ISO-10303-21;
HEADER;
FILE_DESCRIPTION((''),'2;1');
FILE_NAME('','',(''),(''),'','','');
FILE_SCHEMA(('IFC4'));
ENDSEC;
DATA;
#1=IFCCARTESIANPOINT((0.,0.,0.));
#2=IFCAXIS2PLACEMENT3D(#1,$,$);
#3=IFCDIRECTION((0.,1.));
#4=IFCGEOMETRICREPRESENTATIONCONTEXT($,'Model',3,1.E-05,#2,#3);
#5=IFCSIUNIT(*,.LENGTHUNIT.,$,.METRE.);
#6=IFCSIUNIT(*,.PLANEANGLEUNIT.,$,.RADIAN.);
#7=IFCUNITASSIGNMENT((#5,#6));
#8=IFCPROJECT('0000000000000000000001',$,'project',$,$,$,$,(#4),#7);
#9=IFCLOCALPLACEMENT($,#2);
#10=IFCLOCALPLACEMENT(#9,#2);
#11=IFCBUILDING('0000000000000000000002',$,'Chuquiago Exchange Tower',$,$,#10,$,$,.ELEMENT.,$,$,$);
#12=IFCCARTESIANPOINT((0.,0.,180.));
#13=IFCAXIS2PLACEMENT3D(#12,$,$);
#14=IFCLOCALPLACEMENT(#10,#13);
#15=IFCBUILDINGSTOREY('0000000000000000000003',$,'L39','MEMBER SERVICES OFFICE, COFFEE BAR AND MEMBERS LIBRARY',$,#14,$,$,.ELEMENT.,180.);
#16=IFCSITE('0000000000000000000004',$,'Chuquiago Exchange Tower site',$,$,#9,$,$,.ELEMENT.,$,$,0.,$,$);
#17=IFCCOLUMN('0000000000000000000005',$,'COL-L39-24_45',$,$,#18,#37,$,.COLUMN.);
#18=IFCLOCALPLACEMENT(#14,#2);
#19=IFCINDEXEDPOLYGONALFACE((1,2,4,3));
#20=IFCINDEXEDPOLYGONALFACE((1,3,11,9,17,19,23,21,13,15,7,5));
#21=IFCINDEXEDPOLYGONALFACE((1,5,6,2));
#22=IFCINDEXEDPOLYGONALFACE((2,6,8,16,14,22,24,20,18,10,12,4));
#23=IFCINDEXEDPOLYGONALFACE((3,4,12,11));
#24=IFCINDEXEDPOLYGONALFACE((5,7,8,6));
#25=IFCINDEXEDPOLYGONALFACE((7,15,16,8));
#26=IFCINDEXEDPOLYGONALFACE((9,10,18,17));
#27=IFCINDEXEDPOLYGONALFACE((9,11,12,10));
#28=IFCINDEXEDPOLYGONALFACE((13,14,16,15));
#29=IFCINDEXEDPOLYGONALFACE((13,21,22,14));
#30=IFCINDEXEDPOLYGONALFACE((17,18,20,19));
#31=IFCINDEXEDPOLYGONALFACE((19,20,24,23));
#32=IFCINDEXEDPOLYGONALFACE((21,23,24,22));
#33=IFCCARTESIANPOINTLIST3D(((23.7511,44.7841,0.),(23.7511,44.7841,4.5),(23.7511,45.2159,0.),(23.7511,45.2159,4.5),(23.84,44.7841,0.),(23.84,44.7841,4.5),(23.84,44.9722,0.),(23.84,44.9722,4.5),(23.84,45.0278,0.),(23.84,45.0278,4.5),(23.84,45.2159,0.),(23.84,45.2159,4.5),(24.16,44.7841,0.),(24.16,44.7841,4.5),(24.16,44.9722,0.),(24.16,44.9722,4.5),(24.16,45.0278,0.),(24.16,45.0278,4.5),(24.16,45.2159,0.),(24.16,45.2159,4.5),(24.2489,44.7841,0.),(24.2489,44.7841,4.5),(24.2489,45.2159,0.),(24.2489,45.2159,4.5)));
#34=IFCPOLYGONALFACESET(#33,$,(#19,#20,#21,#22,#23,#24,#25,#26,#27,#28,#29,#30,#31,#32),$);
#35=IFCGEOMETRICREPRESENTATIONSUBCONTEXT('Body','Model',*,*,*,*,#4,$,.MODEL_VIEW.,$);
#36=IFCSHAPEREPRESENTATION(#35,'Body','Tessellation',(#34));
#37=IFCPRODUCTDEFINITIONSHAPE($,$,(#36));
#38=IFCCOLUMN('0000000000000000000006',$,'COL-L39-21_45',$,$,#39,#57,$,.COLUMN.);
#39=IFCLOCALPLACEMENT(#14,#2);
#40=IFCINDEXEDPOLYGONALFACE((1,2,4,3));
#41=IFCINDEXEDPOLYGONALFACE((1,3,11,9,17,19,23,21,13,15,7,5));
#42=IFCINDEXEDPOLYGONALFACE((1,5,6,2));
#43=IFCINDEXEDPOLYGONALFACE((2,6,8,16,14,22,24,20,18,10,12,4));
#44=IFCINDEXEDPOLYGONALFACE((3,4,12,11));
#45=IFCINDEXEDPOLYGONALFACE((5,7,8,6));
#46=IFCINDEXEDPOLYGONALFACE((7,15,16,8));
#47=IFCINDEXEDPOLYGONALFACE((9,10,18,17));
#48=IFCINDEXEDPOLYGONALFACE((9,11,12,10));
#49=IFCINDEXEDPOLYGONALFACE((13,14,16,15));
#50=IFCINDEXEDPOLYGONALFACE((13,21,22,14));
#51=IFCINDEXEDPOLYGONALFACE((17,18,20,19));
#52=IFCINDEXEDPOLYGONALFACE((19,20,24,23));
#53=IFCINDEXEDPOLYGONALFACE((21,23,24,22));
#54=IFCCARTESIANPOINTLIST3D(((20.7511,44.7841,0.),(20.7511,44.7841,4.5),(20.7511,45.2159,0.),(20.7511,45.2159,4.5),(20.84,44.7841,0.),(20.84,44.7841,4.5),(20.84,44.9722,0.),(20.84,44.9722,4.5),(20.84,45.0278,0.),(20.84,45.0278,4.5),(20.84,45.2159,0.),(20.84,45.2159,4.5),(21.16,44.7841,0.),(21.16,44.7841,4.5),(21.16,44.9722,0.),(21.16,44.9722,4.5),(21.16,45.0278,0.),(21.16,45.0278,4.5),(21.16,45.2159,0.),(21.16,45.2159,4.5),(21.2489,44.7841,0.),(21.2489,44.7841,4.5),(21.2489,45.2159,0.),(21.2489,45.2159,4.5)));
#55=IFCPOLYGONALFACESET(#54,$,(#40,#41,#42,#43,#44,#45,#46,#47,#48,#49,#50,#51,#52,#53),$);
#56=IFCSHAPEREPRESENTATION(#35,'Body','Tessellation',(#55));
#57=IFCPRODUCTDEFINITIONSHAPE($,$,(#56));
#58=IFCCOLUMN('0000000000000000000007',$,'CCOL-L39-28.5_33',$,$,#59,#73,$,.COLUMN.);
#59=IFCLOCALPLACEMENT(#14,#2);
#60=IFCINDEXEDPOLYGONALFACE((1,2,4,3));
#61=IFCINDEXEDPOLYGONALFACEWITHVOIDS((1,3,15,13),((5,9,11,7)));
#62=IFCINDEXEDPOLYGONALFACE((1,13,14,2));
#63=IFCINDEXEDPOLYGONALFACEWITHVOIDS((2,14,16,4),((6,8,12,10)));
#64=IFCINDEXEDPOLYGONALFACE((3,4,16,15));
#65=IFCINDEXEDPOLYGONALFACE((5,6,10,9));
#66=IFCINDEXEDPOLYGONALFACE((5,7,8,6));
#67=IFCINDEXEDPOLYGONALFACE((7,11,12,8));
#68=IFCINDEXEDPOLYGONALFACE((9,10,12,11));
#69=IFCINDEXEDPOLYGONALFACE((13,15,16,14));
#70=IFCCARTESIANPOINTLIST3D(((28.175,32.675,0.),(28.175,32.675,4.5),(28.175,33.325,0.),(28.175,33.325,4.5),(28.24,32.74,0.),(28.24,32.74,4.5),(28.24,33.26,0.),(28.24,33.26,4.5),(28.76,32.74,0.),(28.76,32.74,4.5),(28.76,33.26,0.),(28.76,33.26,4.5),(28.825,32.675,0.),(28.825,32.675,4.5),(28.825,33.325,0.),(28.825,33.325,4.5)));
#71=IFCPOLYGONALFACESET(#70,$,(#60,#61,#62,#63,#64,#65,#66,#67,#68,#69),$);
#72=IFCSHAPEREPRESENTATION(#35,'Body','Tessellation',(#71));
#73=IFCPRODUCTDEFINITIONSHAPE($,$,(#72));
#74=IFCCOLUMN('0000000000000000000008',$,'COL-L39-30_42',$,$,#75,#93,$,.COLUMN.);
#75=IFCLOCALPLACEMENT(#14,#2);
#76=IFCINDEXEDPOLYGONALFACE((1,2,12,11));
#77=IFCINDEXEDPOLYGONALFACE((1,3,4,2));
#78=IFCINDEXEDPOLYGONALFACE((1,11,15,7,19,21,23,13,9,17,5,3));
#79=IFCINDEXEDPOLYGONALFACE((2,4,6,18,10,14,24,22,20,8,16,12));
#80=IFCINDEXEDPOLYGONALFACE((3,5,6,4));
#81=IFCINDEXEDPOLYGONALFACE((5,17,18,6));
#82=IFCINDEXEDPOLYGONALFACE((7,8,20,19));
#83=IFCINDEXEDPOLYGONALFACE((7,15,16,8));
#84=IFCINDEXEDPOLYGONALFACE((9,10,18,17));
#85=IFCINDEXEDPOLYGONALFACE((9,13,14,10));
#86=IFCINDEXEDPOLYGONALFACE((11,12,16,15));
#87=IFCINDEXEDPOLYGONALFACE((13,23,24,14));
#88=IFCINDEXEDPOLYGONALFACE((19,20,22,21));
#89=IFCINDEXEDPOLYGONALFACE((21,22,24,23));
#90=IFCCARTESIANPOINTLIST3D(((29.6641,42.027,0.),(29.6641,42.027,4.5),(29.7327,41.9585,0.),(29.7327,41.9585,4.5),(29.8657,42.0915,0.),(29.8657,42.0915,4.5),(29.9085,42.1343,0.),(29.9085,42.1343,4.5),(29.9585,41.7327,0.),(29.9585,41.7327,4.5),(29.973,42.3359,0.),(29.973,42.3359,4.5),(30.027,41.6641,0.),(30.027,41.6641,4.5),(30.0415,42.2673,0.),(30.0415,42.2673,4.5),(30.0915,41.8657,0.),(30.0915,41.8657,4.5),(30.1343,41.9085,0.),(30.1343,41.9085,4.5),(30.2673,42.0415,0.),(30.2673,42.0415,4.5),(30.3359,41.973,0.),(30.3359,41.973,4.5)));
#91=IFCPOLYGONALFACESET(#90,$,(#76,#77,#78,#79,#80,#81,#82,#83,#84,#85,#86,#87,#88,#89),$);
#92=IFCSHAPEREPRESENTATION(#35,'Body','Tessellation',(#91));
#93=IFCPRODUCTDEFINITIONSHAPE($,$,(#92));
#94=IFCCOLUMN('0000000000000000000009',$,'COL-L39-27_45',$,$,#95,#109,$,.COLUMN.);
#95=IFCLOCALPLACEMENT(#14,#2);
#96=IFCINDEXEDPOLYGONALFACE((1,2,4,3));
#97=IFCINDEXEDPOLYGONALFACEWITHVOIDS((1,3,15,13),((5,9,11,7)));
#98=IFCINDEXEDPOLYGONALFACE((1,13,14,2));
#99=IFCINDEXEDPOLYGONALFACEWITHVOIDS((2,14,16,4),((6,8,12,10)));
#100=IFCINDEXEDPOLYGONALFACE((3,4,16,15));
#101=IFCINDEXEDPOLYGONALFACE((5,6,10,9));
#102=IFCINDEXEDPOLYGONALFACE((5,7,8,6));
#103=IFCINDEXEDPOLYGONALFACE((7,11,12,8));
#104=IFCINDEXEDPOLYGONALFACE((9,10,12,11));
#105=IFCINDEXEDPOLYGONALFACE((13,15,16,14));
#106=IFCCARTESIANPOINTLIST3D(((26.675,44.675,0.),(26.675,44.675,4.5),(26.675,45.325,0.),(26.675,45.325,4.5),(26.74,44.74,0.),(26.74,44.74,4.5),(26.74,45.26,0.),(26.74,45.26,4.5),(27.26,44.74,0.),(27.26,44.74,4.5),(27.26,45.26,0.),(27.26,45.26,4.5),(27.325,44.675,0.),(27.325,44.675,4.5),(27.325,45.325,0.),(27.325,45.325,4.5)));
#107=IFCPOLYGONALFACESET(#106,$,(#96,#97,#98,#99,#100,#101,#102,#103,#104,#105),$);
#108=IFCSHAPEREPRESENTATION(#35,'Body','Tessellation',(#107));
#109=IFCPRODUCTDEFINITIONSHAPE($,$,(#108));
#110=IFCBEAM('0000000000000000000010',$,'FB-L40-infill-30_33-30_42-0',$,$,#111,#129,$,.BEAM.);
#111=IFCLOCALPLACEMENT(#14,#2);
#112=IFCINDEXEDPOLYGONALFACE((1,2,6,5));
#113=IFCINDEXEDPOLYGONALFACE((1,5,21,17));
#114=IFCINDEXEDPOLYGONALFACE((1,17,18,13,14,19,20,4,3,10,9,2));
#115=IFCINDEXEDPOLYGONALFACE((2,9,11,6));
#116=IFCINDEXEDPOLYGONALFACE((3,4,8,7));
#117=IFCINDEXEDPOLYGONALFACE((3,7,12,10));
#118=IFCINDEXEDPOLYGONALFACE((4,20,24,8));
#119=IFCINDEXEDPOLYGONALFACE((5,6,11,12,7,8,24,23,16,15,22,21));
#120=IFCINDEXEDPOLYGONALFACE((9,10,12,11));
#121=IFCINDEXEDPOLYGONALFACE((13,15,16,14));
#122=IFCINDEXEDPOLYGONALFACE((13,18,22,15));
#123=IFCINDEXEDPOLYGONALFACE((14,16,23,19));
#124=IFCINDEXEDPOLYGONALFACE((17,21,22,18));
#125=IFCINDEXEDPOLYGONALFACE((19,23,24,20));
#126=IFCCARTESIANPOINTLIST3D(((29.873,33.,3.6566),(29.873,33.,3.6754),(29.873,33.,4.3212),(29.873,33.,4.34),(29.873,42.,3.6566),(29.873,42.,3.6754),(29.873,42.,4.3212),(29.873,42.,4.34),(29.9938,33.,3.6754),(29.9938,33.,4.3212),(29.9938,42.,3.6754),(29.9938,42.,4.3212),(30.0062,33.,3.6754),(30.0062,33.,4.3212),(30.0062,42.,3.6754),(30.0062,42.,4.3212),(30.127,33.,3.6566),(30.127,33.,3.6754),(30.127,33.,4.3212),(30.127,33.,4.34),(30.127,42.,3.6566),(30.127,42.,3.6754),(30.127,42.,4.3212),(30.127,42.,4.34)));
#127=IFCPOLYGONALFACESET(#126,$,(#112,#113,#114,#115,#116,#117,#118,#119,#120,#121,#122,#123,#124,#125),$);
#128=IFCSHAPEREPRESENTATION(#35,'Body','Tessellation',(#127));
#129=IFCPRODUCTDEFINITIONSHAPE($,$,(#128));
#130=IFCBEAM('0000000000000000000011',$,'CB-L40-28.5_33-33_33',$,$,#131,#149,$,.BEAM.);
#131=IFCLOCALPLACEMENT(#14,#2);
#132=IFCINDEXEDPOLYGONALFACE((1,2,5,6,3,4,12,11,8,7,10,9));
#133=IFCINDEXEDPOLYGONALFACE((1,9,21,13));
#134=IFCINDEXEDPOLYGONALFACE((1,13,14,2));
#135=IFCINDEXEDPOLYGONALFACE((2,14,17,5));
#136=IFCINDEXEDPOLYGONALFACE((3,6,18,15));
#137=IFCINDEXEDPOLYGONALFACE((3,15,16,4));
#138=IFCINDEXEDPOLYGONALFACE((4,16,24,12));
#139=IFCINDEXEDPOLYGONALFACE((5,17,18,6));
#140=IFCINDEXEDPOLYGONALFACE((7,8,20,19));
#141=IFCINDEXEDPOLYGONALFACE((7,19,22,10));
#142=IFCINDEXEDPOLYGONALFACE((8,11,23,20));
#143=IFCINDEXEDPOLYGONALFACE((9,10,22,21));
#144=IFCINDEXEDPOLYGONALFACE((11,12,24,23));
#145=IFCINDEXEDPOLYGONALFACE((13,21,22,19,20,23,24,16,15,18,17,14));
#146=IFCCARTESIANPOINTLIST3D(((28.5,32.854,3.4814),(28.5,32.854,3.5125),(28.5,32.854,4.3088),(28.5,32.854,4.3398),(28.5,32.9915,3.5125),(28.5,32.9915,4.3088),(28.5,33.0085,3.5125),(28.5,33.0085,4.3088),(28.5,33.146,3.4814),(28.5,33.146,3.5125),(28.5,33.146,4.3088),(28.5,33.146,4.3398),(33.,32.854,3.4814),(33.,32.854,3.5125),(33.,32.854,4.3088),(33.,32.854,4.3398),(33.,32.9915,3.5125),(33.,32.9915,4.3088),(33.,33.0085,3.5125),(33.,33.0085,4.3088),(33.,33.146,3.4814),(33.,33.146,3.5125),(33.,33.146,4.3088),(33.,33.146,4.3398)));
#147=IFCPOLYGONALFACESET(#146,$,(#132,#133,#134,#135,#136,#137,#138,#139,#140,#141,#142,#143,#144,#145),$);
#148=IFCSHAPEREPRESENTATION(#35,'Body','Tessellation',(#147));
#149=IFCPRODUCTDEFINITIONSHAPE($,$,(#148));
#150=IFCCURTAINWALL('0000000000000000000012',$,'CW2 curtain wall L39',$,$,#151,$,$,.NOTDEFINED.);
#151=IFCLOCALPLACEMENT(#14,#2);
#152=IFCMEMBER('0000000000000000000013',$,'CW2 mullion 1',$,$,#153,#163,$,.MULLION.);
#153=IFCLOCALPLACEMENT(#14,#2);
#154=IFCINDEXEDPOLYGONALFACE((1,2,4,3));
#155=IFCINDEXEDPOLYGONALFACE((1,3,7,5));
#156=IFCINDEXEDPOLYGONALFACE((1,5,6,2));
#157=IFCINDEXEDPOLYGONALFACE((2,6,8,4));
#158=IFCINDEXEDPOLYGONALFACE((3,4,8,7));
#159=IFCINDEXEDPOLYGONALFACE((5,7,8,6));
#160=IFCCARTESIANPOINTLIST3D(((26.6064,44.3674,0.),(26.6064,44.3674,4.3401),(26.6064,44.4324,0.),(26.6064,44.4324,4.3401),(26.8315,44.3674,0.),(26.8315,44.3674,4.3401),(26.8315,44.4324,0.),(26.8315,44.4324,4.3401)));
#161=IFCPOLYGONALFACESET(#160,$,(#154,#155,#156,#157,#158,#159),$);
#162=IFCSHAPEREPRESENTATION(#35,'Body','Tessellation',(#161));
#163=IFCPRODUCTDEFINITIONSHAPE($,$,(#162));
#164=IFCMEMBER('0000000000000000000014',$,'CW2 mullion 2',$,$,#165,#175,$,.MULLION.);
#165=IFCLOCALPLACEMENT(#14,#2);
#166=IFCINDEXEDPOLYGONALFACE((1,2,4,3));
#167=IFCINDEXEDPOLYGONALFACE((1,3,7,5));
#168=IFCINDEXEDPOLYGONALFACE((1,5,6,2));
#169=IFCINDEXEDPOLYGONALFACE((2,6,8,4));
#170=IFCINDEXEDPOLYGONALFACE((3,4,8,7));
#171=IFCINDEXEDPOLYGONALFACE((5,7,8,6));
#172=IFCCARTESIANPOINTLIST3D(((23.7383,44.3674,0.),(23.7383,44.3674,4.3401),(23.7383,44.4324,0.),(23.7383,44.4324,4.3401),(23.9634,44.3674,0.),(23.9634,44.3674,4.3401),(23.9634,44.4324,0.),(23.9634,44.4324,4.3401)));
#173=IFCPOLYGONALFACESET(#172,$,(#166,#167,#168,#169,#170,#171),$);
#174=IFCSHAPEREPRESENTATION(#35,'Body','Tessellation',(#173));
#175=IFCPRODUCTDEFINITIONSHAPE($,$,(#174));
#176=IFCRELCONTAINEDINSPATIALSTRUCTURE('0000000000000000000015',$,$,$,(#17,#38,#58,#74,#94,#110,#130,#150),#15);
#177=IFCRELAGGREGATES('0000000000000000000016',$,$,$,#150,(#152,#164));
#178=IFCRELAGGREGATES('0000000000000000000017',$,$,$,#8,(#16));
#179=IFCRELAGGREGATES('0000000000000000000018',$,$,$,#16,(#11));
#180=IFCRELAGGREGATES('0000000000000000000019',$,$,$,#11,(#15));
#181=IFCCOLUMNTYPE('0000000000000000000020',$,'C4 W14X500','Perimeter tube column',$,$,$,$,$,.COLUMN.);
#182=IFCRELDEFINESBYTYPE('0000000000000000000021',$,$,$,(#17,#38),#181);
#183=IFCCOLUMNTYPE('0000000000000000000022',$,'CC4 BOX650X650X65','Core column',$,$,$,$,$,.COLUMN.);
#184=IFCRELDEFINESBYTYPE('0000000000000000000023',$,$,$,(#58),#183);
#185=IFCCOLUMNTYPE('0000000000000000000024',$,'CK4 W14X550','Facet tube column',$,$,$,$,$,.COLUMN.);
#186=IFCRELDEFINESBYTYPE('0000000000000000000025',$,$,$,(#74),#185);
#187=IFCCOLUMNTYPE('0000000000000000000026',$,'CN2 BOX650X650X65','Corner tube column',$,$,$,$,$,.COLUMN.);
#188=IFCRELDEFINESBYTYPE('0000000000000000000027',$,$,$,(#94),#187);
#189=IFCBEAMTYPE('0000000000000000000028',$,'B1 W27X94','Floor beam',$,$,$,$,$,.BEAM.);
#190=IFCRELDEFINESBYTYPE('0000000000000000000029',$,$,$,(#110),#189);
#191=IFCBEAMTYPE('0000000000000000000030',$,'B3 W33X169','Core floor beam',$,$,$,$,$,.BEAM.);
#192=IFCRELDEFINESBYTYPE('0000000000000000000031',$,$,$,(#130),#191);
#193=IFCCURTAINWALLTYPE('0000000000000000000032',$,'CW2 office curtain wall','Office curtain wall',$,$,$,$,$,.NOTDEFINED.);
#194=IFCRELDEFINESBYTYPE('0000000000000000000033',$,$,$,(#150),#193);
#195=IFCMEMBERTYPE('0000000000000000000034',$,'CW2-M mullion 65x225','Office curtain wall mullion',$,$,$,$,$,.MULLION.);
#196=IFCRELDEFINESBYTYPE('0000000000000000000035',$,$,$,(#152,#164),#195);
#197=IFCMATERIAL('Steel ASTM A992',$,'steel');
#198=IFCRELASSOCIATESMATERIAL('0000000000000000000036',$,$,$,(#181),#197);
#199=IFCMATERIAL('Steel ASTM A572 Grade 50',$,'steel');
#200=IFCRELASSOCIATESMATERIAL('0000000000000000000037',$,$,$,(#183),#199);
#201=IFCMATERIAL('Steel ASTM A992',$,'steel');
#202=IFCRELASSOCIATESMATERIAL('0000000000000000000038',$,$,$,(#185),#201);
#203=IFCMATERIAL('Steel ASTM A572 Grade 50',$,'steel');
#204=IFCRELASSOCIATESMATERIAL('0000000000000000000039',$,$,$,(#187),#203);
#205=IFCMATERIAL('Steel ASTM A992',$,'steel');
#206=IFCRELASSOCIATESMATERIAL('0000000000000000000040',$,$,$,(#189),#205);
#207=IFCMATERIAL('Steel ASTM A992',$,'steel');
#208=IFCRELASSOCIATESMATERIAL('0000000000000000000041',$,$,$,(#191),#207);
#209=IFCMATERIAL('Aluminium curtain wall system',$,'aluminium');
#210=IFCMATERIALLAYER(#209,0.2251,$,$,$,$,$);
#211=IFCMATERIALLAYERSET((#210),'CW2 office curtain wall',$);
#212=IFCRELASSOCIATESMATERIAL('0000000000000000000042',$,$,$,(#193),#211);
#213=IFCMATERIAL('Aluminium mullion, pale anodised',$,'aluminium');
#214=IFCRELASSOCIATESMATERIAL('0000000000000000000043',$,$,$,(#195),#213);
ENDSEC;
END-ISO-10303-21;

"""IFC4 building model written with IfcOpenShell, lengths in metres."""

from ifc_helpers import new_model, si_unit, direction, frame, origin, origin_2d, place, context, subcontext, project, spatial, rectangle, hollow_rectangle, i_section, extrude, material, layer, layer_set, material_profile, profile_set, type_object, element, aggregate, save


model = new_model("IFC4")

# Units and contexts
model_context = context("Model", 3, precision=1e-05, world=origin(), true_north=direction((0.0, 1.0)))
body_context = subcontext(model_context, "Body", "Model", "MODEL_VIEW")
ifc_project = project(units=[si_unit("LENGTHUNIT", "METRE"), si_unit("PLANEANGLEUNIT", "RADIAN")], contexts=[model_context])

# Site, building, storey
site_placement = place(None, origin())
site = spatial("IfcSite", under=ifc_project, at=site_placement, Name="Chuquiago Exchange Tower site", CompositionType="ELEMENT", RefElevation=0.0)
building_placement = place(site_placement, origin())
building = spatial("IfcBuilding", under=site, at=building_placement, Name="Chuquiago Exchange Tower", CompositionType="ELEMENT")
storey_placement = place(building_placement, frame((0.0, 0.0, 180.0)))
storey = spatial("IfcBuildingStorey", under=building, at=storey_placement, Name="L39", Description="MEMBER SERVICES OFFICE, COFFEE BAR AND MEMBERS LIBRARY", CompositionType="ELEMENT", Elevation=180.0)

# Columns
ifc_material_1 = material(Name="Steel ASTM A992", Category="steel")
ifc_material_profile_1 = material_profile(ifc_material_1, i_section(OverallWidth=0.4319, OverallDepth=0.4978, WebThickness=0.0557, FlangeThickness=0.0889, at=origin_2d()), Name="W14X500")
ifc_profile_set_1 = profile_set([ifc_material_profile_1], Name="Steel ASTM A992")
column_type_1 = type_object("IfcColumnType", Name="C4 W14X500", Description="Perimeter tube column", PredefinedType="COLUMN", material=ifc_profile_set_1)
for number, where, z_axis, x_axis, name in (
    (1, (24.0, 45.0, 0.0), (0.0, 0.0, 1.0), (0.0, 1.0, 0.0), "COL-L39-24_45"),
    (2, (21.0, 45.0, 0.0), (0.0, 0.0, 1.0), (0.0, 1.0, 0.0), "COL-L39-21_45"),
):
    element("IfcColumn", number, at=place(storey_placement, frame(where, z_axis=z_axis, x_axis=x_axis)), inside=storey, type_object=column_type_1, Name=name, PredefinedType="COLUMN", context=body_context, shape_type="SweptSolid", body=[
        extrude(i_section(OverallWidth=0.4319, OverallDepth=0.4978, WebThickness=0.0557, FlangeThickness=0.0889, at=origin_2d()), origin(), (0.0, 0.0, 1.0), 4.5),
    ])
ifc_material_2 = material(Name="Steel ASTM A572 Grade 50", Category="steel")
ifc_material_profile_2 = material_profile(ifc_material_2, hollow_rectangle(XDim=0.6499, YDim=0.6499, WallThickness=0.0649, at=origin_2d()), Name="BOX650X650X65")
ifc_profile_set_2 = profile_set([ifc_material_profile_2], Name="Steel ASTM A572 Grade 50")
column_type_2 = type_object("IfcColumnType", Name="CC4 BOX650X650X65", Description="Core column", PredefinedType="COLUMN", material=ifc_profile_set_2)
column_1_placement = place(storey_placement, frame((28.5, 33.0, 0.0), z_axis=(0.0, 0.0, 1.0), x_axis=(1.0, 0.0, 0.0)))
element("IfcColumn", 3, at=column_1_placement, inside=storey, type_object=column_type_2, Name="CCOL-L39-28.5_33", PredefinedType="COLUMN", context=body_context, shape_type="SweptSolid", body=[
    extrude(hollow_rectangle(XDim=0.6499, YDim=0.6499, WallThickness=0.0649, at=origin_2d()), origin(), (0.0, 0.0, 1.0), 4.5),
])
ifc_material_3 = material(Name="Steel ASTM A992", Category="steel")
ifc_material_profile_3 = material_profile(ifc_material_3, i_section(OverallWidth=0.4368, OverallDepth=0.5132, WebThickness=0.0605, FlangeThickness=0.0969, at=origin_2d()), Name="W14X550")
ifc_profile_set_3 = profile_set([ifc_material_profile_3], Name="Steel ASTM A992")
column_type_3 = type_object("IfcColumnType", Name="CK4 W14X550", Description="Facet tube column", PredefinedType="COLUMN", material=ifc_profile_set_3)
column_2_placement = place(storey_placement, frame((30.0, 42.0, 0.0), z_axis=(0.0, 0.0, 1.0), x_axis=(0.707107, 0.707107, 0.0)))
element("IfcColumn", 4, at=column_2_placement, inside=storey, type_object=column_type_3, Name="COL-L39-30_42", PredefinedType="COLUMN", context=body_context, shape_type="SweptSolid", body=[
    extrude(i_section(OverallWidth=0.4368, OverallDepth=0.5132, WebThickness=0.0605, FlangeThickness=0.0969, at=origin_2d()), origin(), (0.0, 0.0, 1.0), 4.5),
])
ifc_material_4 = material(Name="Steel ASTM A572 Grade 50", Category="steel")
ifc_material_profile_4 = material_profile(ifc_material_4, hollow_rectangle(XDim=0.6499, YDim=0.6499, WallThickness=0.0649, at=origin_2d()), Name="BOX650X650X65")
ifc_profile_set_4 = profile_set([ifc_material_profile_4], Name="Steel ASTM A572 Grade 50")
column_type_4 = type_object("IfcColumnType", Name="CN2 BOX650X650X65", Description="Corner tube column", PredefinedType="COLUMN", material=ifc_profile_set_4)
column_3_placement = place(storey_placement, frame((27.0, 45.0, 0.0), z_axis=(0.0, 0.0, 1.0), x_axis=(0.0, 1.0, 0.0)))
element("IfcColumn", 5, at=column_3_placement, inside=storey, type_object=column_type_4, Name="COL-L39-27_45", PredefinedType="COLUMN", context=body_context, shape_type="SweptSolid", body=[
    extrude(hollow_rectangle(XDim=0.6499, YDim=0.6499, WallThickness=0.0649, at=origin_2d()), origin(), (0.0, 0.0, 1.0), 4.5),
])

# Beams
ifc_material_5 = material(Name="Steel ASTM A992", Category="steel")
ifc_material_profile_5 = material_profile(ifc_material_5, i_section(OverallWidth=0.2539, OverallDepth=0.6833, WebThickness=0.0125, FlangeThickness=0.0188, at=origin_2d()), Name="W27X94")
ifc_profile_set_5 = profile_set([ifc_material_profile_5], Name="Steel ASTM A992")
beam_type_1 = type_object("IfcBeamType", Name="B1 W27X94", Description="Floor beam", PredefinedType="BEAM", material=ifc_profile_set_5)
beam_1_placement = place(storey_placement, frame((30.0, 33.0, 3.9983), z_axis=(0.0, 1.0, 0.0), x_axis=(-1.0, 0.0, 0.0)))
element("IfcBeam", 6, at=beam_1_placement, inside=storey, type_object=beam_type_1, Name="FB-L40-infill-30_33-30_42-0", PredefinedType="BEAM", context=body_context, shape_type="SweptSolid", body=[
    extrude(i_section(OverallWidth=0.2539, OverallDepth=0.6833, WebThickness=0.0125, FlangeThickness=0.0188, at=origin_2d()), origin(), (0.0, 0.0, 1.0), 9.0),
])
ifc_material_6 = material(Name="Steel ASTM A992", Category="steel")
ifc_material_profile_6 = material_profile(ifc_material_6, i_section(OverallWidth=0.292, OverallDepth=0.8584, WebThickness=0.0171, FlangeThickness=0.031, at=origin_2d()), Name="W33X169")
ifc_profile_set_6 = profile_set([ifc_material_profile_6], Name="Steel ASTM A992")
beam_type_2 = type_object("IfcBeamType", Name="B3 W33X169", Description="Core floor beam", PredefinedType="BEAM", material=ifc_profile_set_6)
beam_2_placement = place(storey_placement, frame((28.5, 33.0, 3.9106), z_axis=(1.0, 0.0, 0.0), x_axis=(0.0, 1.0, 0.0)))
element("IfcBeam", 7, at=beam_2_placement, inside=storey, type_object=beam_type_2, Name="CB-L40-28.5_33-33_33", PredefinedType="BEAM", context=body_context, shape_type="SweptSolid", body=[
    extrude(i_section(OverallWidth=0.292, OverallDepth=0.8584, WebThickness=0.0171, FlangeThickness=0.031, at=origin_2d()), origin(), (0.0, 0.0, 1.0), 4.5),
])

# Curtain wall, members
ifc_material_7 = material(Name="Aluminium curtain wall system", Category="aluminium")
ifc_layer_1 = layer(ifc_material_7, 0.2251)
ifc_layer_set_1 = layer_set([ifc_layer_1], Name="CW2 office curtain wall")
curtain_wall_type_1 = type_object("IfcCurtainWallType", Name="CW2 office curtain wall", Description="Office curtain wall", PredefinedType="NOTDEFINED", material=ifc_layer_set_1)
curtain_wall_1_placement = place(storey_placement, origin())
curtain_wall_1 = element("IfcCurtainWall", 8, at=curtain_wall_1_placement, inside=storey, type_object=curtain_wall_type_1, Name="CW2 curtain wall L39", PredefinedType="NOTDEFINED")
ifc_material_8 = material(Name="Aluminium mullion, pale anodised", Category="aluminium")
ifc_material_profile_7 = material_profile(ifc_material_8, rectangle(XDim=0.0649, YDim=0.2251, at=origin_2d()), Name="AL 65x225")
ifc_profile_set_7 = profile_set([ifc_material_profile_7], Name="Aluminium mullion, pale anodised")
member_type_1 = type_object("IfcMemberType", Name="CW2-M mullion 65x225", Description="Office curtain wall mullion", PredefinedType="MULLION", material=ifc_profile_set_7)
member_1_placement = place(storey_placement, frame((26.719, 44.3999, 0.0), z_axis=(0.0, 0.0, 1.0), x_axis=(0.0, -1.0, 0.0)))
member_1 = element("IfcMember", 9, at=member_1_placement, type_object=member_type_1, Name="CW2 mullion 1", PredefinedType="MULLION", context=body_context, shape_type="SweptSolid", body=[
    extrude(rectangle(XDim=0.0649, YDim=0.2251, at=origin_2d()), origin(), (0.0, 0.0, 1.0), 4.3401),
])
member_2_placement = place(storey_placement, frame((23.8508, 44.3999, 0.0), z_axis=(0.0, 0.0, 1.0), x_axis=(0.0, -1.0, 0.0)))
member_2 = element("IfcMember", 10, at=member_2_placement, type_object=member_type_1, Name="CW2 mullion 2", PredefinedType="MULLION", context=body_context, shape_type="SweptSolid", body=[
    extrude(rectangle(XDim=0.0649, YDim=0.2251, at=origin_2d()), origin(), (0.0, 0.0, 1.0), 4.3401),
])

aggregate(curtain_wall_1, [member_1, member_2])

save(model, "model.ifc")
